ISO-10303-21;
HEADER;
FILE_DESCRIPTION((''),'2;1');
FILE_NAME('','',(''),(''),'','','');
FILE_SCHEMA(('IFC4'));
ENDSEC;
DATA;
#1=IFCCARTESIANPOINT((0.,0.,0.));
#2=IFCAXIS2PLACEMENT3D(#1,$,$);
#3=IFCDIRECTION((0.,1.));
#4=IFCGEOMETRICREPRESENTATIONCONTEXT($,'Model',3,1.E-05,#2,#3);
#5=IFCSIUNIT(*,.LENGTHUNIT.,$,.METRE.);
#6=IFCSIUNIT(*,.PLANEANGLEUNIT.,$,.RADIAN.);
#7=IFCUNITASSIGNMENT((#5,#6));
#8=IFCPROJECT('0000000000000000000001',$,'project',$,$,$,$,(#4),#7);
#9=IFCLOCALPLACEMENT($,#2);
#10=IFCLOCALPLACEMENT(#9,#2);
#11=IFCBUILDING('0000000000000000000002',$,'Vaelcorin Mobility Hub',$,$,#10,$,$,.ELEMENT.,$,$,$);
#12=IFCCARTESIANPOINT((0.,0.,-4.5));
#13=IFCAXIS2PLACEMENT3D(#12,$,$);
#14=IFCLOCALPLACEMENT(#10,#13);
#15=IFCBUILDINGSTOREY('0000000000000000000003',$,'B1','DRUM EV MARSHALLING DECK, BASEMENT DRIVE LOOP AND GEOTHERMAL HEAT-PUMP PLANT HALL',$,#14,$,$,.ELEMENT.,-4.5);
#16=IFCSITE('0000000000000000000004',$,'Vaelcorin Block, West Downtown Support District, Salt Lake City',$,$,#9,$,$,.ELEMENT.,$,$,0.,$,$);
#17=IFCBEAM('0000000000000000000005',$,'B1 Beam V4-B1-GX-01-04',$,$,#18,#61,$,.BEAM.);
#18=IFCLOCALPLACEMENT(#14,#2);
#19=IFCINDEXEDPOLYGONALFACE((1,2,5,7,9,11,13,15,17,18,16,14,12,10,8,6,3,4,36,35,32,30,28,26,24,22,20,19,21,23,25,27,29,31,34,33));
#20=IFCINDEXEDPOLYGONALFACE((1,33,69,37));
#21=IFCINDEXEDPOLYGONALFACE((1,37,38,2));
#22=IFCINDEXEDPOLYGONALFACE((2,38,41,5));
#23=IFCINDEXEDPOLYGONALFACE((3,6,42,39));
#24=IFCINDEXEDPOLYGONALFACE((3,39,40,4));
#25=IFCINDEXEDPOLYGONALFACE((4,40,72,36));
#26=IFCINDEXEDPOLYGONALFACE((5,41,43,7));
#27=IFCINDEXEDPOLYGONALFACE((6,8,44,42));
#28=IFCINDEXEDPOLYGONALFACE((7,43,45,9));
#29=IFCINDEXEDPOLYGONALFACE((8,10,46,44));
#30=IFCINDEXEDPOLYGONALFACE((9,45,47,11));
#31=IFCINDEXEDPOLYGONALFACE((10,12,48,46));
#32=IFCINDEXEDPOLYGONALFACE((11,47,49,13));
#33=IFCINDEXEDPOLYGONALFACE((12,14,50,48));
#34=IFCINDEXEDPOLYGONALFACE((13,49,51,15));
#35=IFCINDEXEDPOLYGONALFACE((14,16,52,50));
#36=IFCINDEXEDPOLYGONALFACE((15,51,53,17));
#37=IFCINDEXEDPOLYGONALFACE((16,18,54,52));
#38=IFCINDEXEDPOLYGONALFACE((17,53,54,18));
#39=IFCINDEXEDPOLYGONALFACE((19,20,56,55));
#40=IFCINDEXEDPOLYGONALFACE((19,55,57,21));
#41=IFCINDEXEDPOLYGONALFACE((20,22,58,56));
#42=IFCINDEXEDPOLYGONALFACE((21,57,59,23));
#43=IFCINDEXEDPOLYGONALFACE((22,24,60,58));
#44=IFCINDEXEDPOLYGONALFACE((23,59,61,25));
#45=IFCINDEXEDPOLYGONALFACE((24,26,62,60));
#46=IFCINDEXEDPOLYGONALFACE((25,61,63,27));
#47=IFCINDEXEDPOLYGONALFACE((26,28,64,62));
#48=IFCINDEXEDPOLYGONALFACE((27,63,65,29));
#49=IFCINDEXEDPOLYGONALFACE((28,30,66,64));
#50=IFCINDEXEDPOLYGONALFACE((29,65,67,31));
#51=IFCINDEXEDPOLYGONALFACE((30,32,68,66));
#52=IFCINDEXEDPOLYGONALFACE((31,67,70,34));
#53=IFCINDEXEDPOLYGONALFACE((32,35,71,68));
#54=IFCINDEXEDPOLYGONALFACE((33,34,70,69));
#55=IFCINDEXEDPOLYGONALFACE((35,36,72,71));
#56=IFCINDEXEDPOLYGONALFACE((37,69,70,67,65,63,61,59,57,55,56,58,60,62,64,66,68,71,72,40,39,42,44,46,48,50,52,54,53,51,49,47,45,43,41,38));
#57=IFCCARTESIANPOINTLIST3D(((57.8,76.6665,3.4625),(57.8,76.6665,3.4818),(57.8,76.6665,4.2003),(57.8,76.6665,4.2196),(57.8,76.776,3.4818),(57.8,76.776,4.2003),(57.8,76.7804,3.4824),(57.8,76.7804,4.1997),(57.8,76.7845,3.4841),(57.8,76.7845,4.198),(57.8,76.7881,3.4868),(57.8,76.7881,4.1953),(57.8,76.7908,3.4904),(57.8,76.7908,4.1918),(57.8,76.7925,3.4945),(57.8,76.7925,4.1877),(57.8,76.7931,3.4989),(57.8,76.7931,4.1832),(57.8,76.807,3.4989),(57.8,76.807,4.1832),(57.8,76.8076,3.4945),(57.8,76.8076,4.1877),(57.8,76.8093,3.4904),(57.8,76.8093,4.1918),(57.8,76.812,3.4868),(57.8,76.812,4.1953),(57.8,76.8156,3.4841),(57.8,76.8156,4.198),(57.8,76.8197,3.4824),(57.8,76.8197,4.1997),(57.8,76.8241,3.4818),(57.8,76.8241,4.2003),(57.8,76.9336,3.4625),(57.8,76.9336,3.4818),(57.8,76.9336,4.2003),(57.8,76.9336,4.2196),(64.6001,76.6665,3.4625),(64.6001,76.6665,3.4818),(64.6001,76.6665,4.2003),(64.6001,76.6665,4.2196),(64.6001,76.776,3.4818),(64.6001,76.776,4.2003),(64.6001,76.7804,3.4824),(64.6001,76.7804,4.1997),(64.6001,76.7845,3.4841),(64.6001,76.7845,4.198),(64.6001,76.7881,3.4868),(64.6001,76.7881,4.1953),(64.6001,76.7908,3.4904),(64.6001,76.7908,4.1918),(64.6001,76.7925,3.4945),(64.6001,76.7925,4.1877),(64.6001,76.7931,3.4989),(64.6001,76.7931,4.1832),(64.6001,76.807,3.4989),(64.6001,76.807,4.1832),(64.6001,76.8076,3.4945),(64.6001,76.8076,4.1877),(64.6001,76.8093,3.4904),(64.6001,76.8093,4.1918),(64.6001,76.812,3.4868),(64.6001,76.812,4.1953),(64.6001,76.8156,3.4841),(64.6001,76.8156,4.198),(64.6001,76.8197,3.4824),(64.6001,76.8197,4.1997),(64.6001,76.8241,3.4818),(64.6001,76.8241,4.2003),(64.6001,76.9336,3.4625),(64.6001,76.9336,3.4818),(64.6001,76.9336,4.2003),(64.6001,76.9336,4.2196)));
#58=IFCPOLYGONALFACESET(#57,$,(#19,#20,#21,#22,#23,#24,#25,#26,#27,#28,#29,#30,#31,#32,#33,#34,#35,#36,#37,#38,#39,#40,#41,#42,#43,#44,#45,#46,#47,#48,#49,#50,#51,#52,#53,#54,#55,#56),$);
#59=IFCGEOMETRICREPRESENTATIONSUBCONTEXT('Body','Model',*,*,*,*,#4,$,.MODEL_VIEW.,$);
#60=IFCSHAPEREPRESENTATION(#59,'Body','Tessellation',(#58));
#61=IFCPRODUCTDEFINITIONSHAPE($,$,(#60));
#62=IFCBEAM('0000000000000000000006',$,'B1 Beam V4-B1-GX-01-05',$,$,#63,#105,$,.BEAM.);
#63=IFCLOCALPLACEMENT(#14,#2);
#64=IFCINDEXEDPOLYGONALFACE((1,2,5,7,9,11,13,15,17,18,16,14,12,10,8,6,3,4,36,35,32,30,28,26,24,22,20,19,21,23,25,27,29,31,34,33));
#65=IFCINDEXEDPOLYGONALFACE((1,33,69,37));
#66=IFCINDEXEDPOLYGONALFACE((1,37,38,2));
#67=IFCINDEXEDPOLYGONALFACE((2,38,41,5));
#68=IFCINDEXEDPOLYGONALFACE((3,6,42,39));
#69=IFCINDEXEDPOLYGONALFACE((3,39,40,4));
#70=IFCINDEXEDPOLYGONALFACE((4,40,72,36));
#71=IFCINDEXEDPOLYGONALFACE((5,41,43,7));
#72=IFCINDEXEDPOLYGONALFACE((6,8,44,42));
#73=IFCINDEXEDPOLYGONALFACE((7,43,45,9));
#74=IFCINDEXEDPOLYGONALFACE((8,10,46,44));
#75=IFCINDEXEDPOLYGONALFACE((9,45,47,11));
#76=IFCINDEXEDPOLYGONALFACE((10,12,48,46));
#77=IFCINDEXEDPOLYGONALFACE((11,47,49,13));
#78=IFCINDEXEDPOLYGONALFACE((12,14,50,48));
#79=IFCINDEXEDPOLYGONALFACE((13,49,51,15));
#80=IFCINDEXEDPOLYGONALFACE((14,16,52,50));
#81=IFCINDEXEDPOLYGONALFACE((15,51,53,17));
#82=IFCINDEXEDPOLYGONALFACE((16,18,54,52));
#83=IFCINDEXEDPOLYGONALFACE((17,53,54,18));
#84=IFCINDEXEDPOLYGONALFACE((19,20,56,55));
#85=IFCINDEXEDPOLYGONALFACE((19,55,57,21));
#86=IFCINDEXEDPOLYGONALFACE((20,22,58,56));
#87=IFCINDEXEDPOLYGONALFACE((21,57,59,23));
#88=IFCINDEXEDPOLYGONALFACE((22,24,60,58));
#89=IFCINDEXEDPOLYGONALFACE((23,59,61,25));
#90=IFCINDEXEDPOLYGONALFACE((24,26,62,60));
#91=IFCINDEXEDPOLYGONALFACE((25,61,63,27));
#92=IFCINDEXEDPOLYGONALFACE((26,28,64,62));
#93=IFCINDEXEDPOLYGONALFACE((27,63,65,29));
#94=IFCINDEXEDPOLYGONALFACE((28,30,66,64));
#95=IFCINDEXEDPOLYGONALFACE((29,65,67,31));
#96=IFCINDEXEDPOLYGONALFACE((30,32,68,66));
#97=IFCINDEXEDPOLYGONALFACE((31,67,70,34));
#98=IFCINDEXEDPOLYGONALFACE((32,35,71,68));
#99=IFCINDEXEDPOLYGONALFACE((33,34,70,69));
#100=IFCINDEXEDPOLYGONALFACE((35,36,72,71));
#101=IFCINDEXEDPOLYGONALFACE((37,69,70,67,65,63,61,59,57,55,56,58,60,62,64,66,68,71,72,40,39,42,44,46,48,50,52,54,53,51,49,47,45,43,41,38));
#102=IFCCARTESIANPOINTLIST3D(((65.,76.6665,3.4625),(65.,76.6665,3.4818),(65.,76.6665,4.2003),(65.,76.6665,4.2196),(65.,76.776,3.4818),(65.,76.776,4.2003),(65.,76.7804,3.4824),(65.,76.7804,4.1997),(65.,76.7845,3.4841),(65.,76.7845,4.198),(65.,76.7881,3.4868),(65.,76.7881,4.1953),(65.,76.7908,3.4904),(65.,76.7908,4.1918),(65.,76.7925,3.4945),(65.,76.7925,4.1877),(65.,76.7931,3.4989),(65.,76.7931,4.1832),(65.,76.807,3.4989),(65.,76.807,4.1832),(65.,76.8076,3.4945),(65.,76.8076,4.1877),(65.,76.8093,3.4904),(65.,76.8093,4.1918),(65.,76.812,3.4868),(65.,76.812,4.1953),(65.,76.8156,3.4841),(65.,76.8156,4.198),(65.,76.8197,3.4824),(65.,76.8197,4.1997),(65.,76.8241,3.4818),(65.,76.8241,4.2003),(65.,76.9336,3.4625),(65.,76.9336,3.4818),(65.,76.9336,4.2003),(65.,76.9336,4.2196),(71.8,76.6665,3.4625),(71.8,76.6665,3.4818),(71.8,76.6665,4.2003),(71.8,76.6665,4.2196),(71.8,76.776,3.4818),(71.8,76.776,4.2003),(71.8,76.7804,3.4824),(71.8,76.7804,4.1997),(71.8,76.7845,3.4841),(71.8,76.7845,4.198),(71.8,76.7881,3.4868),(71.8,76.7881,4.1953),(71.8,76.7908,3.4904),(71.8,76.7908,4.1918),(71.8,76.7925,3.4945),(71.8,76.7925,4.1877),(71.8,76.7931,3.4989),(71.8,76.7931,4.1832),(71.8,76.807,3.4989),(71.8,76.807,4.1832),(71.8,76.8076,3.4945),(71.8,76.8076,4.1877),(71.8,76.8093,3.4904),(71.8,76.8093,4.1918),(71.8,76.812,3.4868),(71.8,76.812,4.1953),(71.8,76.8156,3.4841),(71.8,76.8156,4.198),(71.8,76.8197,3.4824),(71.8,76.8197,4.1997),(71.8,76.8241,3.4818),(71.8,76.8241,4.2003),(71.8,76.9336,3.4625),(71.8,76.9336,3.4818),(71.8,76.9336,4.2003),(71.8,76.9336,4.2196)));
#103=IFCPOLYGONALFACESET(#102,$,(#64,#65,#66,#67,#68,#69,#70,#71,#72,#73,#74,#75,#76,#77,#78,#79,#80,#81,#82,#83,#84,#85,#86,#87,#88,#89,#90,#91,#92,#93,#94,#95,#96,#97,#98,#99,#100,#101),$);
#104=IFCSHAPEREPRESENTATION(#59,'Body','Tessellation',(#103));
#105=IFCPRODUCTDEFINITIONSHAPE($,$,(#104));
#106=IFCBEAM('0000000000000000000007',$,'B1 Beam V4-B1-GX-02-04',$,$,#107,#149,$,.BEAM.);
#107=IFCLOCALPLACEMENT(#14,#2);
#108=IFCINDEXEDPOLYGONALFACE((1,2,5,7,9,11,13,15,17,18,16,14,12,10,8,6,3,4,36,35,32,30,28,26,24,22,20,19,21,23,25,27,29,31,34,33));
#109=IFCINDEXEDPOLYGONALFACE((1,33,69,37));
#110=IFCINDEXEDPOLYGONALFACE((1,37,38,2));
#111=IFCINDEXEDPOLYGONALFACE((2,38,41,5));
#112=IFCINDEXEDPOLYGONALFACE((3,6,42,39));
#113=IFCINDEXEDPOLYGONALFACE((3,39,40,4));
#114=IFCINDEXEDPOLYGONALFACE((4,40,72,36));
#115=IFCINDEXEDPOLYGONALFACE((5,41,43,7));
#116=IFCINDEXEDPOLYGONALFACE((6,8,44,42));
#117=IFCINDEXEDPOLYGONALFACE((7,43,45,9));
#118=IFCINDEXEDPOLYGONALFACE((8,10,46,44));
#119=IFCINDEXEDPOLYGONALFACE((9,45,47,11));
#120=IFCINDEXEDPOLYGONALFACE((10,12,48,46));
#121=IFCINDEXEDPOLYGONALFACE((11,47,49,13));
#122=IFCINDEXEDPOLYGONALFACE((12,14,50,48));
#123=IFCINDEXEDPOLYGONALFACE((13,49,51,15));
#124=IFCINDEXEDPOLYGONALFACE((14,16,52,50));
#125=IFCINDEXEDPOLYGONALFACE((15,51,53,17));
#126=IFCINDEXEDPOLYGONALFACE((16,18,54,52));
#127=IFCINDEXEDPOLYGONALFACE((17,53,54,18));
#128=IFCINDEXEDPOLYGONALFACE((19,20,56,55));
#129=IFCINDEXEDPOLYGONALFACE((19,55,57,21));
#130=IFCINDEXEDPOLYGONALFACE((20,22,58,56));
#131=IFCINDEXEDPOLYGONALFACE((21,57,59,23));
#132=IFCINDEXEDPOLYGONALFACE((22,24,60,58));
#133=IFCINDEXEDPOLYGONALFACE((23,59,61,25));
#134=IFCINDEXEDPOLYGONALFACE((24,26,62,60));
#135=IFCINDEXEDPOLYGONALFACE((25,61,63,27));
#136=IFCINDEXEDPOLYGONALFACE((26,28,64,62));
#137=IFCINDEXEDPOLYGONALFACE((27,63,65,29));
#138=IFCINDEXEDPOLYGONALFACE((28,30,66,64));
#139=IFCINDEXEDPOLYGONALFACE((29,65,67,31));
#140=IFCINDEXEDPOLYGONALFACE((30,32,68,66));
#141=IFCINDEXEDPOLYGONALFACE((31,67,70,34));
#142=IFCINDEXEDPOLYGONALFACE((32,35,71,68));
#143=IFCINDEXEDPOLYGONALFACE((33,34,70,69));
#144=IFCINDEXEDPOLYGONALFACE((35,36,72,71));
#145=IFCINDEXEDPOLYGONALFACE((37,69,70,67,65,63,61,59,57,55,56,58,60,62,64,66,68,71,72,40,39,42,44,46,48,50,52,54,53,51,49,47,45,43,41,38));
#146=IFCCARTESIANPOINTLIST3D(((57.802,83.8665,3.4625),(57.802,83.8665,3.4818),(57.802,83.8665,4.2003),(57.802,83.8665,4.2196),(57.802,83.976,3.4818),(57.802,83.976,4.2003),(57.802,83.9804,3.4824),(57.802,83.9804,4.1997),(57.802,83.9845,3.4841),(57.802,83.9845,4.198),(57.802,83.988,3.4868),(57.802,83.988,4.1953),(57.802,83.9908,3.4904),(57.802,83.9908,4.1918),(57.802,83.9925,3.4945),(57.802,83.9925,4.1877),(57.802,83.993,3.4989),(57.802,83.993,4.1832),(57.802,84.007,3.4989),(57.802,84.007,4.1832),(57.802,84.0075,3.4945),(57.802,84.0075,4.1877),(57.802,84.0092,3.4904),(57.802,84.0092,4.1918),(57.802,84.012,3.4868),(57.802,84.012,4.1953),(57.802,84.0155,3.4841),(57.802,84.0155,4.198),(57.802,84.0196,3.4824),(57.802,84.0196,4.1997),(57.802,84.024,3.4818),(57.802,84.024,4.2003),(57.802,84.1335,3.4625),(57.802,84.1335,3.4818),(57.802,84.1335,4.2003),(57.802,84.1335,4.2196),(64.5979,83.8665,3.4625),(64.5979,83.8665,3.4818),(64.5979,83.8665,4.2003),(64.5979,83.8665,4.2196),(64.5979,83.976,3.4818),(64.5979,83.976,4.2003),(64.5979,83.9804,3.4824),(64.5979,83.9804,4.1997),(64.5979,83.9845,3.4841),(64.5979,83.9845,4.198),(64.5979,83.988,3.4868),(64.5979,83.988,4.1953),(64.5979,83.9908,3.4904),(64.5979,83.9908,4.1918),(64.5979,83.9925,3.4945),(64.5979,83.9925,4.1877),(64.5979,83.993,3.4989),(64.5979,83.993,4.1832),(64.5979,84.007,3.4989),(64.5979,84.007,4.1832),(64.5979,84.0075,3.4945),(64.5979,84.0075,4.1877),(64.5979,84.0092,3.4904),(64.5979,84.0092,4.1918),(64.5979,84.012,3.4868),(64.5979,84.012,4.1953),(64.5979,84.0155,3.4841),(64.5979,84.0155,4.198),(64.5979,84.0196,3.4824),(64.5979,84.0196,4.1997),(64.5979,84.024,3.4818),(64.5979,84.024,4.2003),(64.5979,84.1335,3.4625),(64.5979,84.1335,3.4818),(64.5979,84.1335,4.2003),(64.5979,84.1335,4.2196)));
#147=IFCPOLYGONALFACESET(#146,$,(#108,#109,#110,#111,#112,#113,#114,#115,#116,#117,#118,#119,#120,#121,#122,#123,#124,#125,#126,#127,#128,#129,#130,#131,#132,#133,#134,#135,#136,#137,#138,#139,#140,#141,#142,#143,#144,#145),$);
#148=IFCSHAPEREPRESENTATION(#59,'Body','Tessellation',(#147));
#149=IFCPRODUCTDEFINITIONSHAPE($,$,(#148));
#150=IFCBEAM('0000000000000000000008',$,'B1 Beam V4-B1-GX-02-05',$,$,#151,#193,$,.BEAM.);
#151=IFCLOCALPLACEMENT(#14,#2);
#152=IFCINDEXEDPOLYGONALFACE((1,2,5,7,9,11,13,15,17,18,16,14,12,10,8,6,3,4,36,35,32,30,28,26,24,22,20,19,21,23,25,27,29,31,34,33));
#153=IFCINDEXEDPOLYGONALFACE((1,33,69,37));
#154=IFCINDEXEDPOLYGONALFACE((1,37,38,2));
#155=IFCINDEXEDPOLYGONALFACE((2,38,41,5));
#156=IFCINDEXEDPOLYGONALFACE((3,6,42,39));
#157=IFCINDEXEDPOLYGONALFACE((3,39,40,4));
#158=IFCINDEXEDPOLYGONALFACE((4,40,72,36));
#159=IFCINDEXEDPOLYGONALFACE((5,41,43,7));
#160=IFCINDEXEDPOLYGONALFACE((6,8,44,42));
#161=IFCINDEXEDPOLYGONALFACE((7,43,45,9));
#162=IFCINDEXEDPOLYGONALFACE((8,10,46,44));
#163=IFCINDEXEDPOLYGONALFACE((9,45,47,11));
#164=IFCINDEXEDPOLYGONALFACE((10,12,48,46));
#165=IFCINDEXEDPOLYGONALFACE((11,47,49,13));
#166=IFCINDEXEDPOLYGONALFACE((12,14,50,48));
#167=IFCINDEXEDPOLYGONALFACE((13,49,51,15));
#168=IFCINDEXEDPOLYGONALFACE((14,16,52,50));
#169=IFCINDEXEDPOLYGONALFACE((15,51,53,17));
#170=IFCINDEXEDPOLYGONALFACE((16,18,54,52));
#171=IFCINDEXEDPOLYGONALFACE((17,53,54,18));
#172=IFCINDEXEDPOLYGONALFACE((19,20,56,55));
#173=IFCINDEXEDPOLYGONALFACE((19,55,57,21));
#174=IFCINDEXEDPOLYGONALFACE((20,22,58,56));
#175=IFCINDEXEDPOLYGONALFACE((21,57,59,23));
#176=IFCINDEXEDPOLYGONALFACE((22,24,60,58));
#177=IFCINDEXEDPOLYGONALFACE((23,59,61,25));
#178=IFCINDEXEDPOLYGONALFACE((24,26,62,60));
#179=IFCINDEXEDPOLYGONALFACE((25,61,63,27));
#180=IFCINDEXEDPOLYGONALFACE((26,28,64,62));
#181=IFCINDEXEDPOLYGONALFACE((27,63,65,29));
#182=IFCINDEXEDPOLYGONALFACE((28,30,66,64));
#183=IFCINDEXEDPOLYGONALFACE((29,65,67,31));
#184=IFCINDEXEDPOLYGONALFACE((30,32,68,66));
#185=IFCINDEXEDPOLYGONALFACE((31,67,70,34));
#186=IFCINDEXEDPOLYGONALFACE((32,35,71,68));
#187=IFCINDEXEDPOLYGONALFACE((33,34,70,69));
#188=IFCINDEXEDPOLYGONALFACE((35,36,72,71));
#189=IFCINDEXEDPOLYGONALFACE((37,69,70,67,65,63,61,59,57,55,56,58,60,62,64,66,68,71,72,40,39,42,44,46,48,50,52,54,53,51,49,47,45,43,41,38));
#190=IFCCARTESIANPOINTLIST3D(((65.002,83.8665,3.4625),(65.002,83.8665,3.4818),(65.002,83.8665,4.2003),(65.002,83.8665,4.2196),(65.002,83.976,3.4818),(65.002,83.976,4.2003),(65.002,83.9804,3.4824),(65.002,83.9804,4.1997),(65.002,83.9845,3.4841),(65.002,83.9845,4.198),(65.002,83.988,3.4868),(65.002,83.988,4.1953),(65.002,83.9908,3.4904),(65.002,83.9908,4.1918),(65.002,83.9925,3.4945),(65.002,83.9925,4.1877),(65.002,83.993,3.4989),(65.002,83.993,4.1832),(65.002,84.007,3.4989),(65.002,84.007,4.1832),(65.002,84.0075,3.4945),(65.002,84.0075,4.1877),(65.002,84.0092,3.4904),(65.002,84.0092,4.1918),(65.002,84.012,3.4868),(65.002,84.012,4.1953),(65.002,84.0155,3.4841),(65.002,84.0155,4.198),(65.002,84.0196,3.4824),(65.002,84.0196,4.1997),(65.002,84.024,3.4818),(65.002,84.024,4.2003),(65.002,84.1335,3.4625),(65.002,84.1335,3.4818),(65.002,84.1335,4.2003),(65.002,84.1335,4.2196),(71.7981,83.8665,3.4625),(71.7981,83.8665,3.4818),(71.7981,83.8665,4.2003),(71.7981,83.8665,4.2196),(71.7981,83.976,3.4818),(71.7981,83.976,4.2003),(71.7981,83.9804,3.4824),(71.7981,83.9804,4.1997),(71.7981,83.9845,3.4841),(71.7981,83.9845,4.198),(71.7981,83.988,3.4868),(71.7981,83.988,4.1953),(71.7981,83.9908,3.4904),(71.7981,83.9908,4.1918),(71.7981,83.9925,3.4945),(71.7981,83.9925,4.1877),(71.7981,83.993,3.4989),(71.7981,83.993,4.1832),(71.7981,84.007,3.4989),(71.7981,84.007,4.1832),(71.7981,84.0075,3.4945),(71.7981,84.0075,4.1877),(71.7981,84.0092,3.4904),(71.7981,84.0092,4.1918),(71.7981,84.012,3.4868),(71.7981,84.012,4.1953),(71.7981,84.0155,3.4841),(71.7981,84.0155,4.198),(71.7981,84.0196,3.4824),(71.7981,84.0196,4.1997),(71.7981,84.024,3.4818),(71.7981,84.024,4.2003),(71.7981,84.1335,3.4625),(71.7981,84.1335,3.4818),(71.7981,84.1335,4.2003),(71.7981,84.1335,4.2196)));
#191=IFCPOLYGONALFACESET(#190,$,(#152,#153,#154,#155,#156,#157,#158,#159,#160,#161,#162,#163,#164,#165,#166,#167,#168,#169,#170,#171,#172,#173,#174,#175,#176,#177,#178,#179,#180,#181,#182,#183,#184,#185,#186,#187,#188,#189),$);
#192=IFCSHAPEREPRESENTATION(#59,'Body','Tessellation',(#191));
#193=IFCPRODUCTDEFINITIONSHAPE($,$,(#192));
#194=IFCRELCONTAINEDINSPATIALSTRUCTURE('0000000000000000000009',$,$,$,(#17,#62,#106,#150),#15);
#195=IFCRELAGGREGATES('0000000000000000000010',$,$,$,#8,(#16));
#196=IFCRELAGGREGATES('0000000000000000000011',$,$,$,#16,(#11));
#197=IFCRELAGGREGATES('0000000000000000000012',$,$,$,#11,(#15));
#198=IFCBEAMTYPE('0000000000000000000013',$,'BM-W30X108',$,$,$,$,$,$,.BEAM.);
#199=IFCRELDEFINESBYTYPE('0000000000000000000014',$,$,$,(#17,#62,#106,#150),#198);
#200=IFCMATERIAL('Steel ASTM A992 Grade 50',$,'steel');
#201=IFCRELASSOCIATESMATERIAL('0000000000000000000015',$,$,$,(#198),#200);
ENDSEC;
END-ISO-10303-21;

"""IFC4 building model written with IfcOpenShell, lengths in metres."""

from ifc_helpers import new_model, si_unit, direction, frame, origin, origin_2d, place, context, subcontext, project, spatial, i_section, extrude, material, material_profile, profile_set, type_object, element, save


model = new_model("IFC4")

# Units and contexts
model_context = context("Model", 3, precision=1e-05, world=origin(), true_north=direction((0.0, 1.0)))
body_context = subcontext(model_context, "Body", "Model", "MODEL_VIEW")
ifc_project = project(units=[si_unit("LENGTHUNIT", "METRE"), si_unit("PLANEANGLEUNIT", "RADIAN")], contexts=[model_context])

# Site, building, storey
site_placement = place(None, origin())
site = spatial("IfcSite", under=ifc_project, at=site_placement, Name="Vaelcorin Block, West Downtown Support District, Salt Lake City", CompositionType="ELEMENT", RefElevation=0.0)
building_placement = place(site_placement, origin())
building = spatial("IfcBuilding", under=site, at=building_placement, Name="Vaelcorin Mobility Hub", CompositionType="ELEMENT")
storey_placement = place(building_placement, frame((0.0, 0.0, -4.5)))
storey = spatial("IfcBuildingStorey", under=building, at=storey_placement, Name="B1", Description="DRUM EV MARSHALLING DECK, BASEMENT DRIVE LOOP AND GEOTHERMAL HEAT-PUMP PLANT HALL", CompositionType="ELEMENT", Elevation=-4.5)

# Shared definitions
ifc_material_1 = material(Name="Steel ASTM A992 Grade 50", Category="steel")

# Beams
ifc_material_profile_1 = material_profile(ifc_material_1, i_section(OverallWidth=0.2671, OverallDepth=0.7571, WebThickness=0.0139, FlangeThickness=0.0193, FilletRadius=0.0171, at=origin_2d()), Name="W30X108")
ifc_profile_set_1 = profile_set([ifc_material_profile_1], Name="Steel ASTM A992 Grade 50")
beam_type_1 = type_object("IfcBeamType", Name="BM-W30X108", PredefinedType="BEAM", material=ifc_profile_set_1)
for number, where, z_axis, x_axis, name in (
    (1, (57.8, 76.8, 3.8411), (1.0, 0.0, 0.0), (0.0, 1.0, 0.0), "B1 Beam V4-B1-GX-01-04"),
    (2, (65.0, 76.8, 3.8411), (1.0, 0.0, 0.0), (0.0, 1.0, 0.0), "B1 Beam V4-B1-GX-01-05"),
):
    element("IfcBeam", number, at=place(storey_placement, frame(where, z_axis=z_axis, x_axis=x_axis)), inside=storey, type_object=beam_type_1, Name=name, PredefinedType="BEAM", context=body_context, shape_type="SweptSolid", body=[
        extrude(i_section(OverallWidth=0.2671, OverallDepth=0.7571, WebThickness=0.0139, FlangeThickness=0.0193, FilletRadius=0.0171, at=origin_2d()), origin(), (0.0, 0.0, 1.0), 6.8),
    ])
beam_1_placement = place(storey_placement, frame((57.802, 84.0, 3.8411), z_axis=(1.0, 0.0, 0.0), x_axis=(0.0, 1.0, 0.0)))
element("IfcBeam", 3, at=beam_1_placement, inside=storey, type_object=beam_type_1, Name="B1 Beam V4-B1-GX-02-04", PredefinedType="BEAM", context=body_context, shape_type="SweptSolid", body=[
    extrude(i_section(OverallWidth=0.2671, OverallDepth=0.7571, WebThickness=0.0139, FlangeThickness=0.0193, FilletRadius=0.0171, at=origin_2d()), origin(), (0.0, 0.0, 1.0), 6.7959),
])
beam_2_placement = place(storey_placement, frame((65.002, 84.0, 3.8411), z_axis=(1.0, 0.0, 0.0), x_axis=(0.0, 1.0, 0.0)))
element("IfcBeam", 4, at=beam_2_placement, inside=storey, type_object=beam_type_1, Name="B1 Beam V4-B1-GX-02-05", PredefinedType="BEAM", context=body_context, shape_type="SweptSolid", body=[
    extrude(i_section(OverallWidth=0.2671, OverallDepth=0.7571, WebThickness=0.0139, FlangeThickness=0.0193, FilletRadius=0.0171, at=origin_2d()), origin(), (0.0, 0.0, 1.0), 6.7961),
])

save(model, "model.ifc")
